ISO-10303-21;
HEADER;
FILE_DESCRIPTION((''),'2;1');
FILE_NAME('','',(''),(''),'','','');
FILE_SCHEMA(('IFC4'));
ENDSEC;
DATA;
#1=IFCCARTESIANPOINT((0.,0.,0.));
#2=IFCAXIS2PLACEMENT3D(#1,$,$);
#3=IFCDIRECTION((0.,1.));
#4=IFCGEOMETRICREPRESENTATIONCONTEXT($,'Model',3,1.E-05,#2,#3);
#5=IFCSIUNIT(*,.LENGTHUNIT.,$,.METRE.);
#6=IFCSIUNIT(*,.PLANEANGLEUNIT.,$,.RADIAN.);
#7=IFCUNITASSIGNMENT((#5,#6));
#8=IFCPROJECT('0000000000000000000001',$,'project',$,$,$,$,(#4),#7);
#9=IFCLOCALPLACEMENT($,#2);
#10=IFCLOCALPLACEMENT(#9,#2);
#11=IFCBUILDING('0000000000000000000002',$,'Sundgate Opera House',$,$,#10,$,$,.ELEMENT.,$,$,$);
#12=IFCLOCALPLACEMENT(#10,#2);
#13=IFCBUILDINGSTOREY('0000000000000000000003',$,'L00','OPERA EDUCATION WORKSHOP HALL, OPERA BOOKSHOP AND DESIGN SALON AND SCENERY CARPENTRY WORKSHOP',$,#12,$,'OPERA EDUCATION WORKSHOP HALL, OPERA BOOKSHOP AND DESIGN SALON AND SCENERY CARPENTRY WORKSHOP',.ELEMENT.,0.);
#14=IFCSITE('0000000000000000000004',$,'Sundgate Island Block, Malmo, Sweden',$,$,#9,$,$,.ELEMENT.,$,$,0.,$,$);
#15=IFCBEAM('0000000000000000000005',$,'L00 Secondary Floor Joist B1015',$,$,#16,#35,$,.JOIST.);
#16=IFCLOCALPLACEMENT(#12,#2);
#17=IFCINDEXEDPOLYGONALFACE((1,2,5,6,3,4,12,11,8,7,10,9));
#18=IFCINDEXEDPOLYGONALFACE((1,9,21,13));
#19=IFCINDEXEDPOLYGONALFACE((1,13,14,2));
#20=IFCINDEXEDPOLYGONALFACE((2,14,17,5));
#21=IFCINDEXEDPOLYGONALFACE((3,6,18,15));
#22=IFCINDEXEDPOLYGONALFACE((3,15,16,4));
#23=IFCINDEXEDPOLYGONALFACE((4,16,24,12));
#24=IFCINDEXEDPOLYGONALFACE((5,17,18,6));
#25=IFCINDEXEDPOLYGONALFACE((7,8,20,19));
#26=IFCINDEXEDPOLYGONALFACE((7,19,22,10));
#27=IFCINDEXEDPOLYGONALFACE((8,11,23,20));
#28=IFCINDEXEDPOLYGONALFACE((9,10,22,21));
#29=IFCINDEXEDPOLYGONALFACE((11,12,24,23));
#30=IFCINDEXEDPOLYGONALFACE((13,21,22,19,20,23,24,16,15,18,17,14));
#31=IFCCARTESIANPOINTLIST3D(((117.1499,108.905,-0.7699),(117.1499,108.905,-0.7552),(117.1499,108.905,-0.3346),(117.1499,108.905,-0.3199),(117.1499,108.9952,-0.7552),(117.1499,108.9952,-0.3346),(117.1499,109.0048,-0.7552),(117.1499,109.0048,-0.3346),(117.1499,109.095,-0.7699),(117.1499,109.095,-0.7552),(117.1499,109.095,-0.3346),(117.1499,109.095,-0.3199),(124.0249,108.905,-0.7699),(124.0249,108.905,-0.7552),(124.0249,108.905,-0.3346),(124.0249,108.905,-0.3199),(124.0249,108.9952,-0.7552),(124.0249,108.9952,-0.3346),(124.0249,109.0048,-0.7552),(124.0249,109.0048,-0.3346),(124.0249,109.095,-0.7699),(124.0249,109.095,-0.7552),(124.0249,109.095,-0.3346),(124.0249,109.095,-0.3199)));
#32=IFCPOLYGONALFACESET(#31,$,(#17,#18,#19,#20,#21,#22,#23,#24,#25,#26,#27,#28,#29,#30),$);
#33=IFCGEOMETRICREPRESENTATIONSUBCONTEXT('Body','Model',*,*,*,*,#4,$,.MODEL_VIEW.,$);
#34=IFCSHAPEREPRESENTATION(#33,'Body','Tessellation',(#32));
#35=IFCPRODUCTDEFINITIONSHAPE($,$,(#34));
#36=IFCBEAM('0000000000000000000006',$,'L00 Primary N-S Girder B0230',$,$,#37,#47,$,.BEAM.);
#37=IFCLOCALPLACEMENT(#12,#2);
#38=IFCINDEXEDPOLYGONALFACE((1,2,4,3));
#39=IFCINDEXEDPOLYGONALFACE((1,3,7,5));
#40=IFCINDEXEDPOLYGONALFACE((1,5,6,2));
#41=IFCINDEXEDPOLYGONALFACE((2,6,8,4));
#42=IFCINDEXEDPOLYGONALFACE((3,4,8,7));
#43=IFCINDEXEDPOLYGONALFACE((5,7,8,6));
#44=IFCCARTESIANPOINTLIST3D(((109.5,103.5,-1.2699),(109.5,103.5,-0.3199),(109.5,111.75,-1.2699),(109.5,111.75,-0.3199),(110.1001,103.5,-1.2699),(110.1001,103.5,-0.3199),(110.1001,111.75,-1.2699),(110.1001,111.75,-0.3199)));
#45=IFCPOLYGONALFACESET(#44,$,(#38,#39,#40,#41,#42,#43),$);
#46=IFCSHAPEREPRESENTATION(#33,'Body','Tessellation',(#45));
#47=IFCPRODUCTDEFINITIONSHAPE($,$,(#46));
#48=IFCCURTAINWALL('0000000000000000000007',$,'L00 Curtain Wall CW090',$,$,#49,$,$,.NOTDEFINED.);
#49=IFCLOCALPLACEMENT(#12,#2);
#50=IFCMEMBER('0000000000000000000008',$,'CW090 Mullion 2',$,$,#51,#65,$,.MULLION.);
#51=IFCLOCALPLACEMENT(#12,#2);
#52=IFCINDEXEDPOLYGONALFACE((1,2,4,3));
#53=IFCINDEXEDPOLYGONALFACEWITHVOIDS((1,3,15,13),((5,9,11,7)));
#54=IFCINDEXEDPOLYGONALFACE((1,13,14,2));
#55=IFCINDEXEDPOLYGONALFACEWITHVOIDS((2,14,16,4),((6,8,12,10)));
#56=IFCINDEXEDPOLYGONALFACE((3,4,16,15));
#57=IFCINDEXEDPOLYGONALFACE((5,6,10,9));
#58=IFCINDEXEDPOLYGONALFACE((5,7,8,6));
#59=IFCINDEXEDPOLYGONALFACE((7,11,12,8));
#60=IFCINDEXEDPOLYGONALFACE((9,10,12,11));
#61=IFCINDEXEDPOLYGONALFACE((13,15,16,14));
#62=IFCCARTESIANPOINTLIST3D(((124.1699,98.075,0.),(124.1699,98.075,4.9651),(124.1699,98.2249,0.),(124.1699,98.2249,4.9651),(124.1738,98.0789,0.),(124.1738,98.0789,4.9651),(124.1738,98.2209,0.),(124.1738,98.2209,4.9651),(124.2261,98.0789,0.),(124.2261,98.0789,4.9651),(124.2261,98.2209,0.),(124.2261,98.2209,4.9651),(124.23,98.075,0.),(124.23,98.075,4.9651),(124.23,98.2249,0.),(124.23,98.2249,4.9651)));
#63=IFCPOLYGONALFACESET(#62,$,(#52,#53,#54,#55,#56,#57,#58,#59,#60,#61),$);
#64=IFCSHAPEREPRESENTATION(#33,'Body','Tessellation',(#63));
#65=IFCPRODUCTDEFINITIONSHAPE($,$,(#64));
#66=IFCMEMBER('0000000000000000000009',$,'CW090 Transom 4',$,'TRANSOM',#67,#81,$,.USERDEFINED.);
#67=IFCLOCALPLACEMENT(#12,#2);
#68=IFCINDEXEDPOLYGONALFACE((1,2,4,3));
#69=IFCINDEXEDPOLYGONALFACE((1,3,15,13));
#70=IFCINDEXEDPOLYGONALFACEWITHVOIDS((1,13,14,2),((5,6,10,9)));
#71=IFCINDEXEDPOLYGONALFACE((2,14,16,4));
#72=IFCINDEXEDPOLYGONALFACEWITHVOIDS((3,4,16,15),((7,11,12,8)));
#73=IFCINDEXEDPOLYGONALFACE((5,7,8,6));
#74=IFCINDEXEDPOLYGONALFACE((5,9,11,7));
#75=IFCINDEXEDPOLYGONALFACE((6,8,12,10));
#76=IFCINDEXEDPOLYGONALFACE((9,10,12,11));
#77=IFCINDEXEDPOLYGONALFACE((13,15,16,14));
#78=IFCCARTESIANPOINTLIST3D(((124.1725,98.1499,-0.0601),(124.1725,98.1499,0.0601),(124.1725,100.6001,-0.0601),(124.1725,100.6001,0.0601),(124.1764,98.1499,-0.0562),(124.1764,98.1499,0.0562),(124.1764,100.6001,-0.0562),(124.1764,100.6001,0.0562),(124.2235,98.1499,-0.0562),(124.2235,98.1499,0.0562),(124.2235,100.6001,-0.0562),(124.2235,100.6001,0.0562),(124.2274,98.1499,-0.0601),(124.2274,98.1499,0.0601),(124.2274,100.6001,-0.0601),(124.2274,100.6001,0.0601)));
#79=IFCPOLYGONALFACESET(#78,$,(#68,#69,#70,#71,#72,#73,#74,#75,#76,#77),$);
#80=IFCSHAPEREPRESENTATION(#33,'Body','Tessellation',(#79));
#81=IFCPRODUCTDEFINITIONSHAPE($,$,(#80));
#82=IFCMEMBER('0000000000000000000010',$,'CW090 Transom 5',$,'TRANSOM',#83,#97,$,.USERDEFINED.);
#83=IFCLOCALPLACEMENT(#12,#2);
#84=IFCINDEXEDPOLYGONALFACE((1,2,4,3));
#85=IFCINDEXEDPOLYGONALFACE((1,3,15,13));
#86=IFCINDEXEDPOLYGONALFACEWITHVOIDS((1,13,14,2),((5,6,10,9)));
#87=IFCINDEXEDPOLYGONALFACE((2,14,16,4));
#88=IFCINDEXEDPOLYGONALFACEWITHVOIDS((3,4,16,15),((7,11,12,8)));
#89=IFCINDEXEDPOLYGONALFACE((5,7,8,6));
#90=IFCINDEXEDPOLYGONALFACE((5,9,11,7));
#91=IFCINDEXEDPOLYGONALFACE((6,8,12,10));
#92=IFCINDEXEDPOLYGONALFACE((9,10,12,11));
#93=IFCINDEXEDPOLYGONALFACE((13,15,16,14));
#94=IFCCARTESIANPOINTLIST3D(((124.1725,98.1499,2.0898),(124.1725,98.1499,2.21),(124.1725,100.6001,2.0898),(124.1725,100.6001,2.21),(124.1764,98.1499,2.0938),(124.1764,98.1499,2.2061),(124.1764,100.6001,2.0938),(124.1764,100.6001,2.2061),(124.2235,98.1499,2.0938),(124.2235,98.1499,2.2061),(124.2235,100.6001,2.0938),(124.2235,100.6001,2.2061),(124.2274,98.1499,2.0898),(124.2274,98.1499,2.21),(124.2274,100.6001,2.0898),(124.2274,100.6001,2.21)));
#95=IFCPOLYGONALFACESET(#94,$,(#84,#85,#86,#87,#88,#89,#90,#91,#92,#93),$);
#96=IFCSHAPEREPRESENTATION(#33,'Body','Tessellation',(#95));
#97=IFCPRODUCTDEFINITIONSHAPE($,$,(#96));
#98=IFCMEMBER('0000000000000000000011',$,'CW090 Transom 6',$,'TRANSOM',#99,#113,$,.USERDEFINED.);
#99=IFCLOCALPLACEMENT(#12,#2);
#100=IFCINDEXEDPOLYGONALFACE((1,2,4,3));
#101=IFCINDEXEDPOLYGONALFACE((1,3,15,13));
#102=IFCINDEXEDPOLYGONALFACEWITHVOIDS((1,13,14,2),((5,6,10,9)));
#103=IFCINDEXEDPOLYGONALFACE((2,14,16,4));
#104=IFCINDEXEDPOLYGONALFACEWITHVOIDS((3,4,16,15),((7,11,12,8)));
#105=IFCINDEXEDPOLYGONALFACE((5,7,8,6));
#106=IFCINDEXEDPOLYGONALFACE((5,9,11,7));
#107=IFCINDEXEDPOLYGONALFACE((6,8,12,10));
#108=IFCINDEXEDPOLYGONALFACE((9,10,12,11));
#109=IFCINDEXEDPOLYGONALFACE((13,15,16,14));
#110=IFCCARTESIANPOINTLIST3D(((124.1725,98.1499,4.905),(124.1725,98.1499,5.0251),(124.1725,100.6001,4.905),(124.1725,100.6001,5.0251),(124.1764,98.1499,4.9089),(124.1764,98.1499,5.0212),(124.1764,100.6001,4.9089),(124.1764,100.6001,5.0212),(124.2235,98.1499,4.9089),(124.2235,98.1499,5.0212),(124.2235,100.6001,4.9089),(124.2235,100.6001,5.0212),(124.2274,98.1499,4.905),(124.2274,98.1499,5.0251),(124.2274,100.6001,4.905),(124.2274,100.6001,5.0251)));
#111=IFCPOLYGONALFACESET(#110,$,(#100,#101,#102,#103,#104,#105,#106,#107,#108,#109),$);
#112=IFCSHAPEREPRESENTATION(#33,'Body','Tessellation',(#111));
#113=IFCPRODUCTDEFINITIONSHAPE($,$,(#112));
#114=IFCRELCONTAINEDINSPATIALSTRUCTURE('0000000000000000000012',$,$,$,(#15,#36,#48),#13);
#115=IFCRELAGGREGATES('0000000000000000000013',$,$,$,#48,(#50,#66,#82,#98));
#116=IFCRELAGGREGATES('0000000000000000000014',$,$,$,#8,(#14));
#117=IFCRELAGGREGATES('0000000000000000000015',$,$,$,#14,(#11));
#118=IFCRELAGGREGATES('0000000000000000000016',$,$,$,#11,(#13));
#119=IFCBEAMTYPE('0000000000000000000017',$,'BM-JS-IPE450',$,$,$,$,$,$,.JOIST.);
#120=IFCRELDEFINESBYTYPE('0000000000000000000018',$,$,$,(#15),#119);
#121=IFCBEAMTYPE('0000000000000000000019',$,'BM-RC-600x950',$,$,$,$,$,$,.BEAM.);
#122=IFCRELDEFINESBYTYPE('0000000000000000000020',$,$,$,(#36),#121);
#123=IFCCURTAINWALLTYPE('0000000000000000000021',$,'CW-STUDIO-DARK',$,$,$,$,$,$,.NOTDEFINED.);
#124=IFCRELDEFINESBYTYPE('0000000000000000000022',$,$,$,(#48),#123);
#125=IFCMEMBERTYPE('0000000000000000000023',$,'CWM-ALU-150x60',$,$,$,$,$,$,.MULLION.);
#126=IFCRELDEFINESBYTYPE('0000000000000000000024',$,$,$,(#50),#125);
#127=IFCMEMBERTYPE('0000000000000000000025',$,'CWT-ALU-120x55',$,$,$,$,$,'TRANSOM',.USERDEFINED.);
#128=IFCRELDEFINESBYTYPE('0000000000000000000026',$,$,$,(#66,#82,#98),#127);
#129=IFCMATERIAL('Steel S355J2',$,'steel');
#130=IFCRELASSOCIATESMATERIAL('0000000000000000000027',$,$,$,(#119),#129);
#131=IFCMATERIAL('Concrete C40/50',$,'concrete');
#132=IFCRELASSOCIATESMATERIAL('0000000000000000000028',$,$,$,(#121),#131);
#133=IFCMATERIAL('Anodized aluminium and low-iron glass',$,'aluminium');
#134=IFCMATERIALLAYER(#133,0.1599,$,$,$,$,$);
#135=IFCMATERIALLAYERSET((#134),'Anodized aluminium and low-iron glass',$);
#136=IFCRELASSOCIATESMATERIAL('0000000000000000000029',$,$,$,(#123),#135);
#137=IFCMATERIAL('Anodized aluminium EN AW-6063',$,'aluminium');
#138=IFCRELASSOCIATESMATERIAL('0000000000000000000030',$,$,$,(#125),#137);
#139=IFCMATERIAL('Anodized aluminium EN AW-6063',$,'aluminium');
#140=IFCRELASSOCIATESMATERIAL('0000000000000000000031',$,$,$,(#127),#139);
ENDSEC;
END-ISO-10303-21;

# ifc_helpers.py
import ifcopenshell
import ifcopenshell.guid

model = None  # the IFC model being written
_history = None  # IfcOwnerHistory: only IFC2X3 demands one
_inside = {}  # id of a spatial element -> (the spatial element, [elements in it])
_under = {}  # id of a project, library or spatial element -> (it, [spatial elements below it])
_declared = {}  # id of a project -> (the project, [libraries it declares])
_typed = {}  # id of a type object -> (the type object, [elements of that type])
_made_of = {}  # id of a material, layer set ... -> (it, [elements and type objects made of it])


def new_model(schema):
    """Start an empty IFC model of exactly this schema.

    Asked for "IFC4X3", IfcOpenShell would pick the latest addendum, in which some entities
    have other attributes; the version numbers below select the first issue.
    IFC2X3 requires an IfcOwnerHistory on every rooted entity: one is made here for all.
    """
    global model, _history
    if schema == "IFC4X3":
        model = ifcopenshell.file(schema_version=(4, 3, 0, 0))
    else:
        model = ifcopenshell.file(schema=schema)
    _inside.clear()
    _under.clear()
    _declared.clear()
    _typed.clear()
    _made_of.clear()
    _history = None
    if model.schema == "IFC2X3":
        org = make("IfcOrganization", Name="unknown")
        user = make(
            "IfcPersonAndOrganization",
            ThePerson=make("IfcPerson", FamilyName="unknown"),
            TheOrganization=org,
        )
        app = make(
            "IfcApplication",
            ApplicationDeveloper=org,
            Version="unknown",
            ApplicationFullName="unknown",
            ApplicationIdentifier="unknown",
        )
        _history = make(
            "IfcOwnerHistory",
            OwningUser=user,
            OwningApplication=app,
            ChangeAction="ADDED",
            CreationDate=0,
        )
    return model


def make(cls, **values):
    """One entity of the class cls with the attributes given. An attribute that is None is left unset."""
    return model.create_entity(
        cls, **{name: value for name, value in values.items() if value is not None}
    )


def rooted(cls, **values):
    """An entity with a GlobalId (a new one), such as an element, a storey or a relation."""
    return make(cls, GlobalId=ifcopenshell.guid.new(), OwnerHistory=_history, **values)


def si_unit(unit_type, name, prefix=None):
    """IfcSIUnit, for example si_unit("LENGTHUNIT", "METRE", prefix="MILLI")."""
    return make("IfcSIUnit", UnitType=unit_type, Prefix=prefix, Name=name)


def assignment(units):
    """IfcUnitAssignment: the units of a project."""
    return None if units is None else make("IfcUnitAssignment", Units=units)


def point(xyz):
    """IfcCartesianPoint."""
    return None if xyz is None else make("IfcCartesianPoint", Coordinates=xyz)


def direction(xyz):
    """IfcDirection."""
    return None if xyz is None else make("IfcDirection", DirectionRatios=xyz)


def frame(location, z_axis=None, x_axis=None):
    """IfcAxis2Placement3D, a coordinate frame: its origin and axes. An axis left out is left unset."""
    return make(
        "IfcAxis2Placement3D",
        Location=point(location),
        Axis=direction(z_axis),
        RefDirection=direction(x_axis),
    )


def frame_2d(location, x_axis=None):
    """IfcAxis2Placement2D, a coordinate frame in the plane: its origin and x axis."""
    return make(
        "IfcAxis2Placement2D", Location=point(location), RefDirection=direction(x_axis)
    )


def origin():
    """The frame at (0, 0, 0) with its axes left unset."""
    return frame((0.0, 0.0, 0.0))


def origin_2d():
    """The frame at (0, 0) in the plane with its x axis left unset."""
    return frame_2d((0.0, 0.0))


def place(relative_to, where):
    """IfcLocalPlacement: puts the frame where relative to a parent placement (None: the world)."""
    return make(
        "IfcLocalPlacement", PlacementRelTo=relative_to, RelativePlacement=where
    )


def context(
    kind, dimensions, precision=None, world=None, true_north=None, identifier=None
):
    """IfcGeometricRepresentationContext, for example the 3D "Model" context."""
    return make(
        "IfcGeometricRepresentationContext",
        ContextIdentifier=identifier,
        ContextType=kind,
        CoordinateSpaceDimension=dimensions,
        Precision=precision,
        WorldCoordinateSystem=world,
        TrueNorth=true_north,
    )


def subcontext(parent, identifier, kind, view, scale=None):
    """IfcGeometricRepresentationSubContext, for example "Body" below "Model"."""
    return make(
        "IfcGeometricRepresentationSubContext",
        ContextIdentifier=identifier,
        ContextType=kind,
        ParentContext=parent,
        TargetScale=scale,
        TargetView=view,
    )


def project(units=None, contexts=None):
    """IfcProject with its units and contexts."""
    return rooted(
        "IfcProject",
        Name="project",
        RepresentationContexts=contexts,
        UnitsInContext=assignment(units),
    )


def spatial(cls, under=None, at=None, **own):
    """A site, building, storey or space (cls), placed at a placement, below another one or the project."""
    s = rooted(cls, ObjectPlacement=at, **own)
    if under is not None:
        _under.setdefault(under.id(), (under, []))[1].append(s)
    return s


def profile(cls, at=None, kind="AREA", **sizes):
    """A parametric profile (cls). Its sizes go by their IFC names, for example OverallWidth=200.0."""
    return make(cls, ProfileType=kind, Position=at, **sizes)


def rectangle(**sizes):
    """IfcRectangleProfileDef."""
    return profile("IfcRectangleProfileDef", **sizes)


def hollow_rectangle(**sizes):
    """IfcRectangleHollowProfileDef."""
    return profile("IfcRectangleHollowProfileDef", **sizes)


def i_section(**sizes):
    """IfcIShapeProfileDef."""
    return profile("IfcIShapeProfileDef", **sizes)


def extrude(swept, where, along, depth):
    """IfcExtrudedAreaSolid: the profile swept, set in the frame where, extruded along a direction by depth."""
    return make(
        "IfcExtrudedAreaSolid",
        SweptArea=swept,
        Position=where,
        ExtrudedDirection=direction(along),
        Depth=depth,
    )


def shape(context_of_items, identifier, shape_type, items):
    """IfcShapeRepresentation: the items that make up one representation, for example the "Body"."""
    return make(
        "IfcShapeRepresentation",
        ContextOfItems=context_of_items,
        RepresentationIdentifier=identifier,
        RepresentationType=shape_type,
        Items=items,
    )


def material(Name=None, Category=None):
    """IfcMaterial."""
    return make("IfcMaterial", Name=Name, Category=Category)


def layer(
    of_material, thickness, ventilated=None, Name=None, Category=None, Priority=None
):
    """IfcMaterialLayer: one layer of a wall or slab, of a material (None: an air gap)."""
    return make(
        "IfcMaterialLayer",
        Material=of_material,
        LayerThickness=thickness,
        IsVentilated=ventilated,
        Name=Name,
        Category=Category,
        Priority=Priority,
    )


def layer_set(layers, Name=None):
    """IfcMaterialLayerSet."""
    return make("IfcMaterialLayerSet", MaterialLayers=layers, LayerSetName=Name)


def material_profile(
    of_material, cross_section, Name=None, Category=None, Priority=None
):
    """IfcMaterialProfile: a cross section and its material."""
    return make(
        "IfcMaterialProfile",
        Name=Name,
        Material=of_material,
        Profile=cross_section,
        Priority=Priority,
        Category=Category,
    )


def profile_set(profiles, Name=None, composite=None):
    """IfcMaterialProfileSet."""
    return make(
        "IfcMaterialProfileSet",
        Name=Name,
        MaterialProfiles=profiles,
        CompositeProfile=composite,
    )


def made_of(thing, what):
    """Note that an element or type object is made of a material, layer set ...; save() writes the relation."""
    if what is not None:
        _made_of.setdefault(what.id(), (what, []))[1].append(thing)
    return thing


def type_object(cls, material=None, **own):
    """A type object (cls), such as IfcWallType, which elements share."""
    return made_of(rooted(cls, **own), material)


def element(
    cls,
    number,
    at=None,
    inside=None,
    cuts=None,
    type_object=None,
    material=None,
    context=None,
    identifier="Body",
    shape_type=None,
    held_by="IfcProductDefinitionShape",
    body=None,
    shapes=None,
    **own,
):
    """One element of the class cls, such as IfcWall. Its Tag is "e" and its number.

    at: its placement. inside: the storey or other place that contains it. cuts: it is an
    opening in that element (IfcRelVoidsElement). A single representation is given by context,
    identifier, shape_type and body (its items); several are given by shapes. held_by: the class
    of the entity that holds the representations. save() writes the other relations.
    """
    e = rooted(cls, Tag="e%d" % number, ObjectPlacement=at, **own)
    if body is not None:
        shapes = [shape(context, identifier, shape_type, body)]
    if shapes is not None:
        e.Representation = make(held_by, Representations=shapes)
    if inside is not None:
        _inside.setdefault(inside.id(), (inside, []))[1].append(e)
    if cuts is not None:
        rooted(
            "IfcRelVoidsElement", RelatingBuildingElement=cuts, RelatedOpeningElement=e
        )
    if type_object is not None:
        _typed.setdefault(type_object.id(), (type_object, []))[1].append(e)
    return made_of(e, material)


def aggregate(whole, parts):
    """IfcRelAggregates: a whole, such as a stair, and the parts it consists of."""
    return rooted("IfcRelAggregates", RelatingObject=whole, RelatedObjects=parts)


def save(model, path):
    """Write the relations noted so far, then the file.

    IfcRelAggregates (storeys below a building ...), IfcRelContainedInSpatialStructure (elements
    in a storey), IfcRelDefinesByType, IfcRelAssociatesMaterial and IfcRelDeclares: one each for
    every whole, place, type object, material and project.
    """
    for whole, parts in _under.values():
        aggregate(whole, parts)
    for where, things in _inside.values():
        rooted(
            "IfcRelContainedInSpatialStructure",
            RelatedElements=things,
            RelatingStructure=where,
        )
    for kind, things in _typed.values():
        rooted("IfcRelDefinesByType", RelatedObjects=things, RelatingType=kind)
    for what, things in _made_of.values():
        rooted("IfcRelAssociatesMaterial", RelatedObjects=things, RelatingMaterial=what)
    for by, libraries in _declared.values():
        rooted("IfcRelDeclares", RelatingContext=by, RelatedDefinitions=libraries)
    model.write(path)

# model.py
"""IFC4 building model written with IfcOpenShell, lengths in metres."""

from ifc_helpers import new_model, si_unit, direction, frame, origin, origin_2d, place, context, subcontext, project, spatial, rectangle, hollow_rectangle, i_section, extrude, material, layer, layer_set, material_profile, profile_set, type_object, element, aggregate, save


model = new_model("IFC4")

# Units and contexts
model_context = context("Model", 3, precision=1e-05, world=origin(), true_north=direction((0.0, 1.0)))
body_context = subcontext(model_context, "Body", "Model", "MODEL_VIEW")
ifc_project = project(units=[si_unit("LENGTHUNIT", "METRE"), si_unit("PLANEANGLEUNIT", "RADIAN")], contexts=[model_context])

# Site, building, storey
site_placement = place(None, origin())
site = spatial("IfcSite", under=ifc_project, at=site_placement, Name="Sundgate Island Block, Malmo, Sweden", CompositionType="ELEMENT", RefElevation=0.0)
building_placement = place(site_placement, origin())
building = spatial("IfcBuilding", under=site, at=building_placement, Name="Sundgate Opera House", CompositionType="ELEMENT")
storey_placement = place(building_placement, origin())
storey = spatial("IfcBuildingStorey", under=building, at=storey_placement, Name="L00", Description="OPERA EDUCATION WORKSHOP HALL, OPERA BOOKSHOP AND DESIGN SALON AND SCENERY CARPENTRY WORKSHOP", LongName="OPERA EDUCATION WORKSHOP HALL, OPERA BOOKSHOP AND DESIGN SALON AND SCENERY CARPENTRY WORKSHOP", CompositionType="ELEMENT", Elevation=0.0)

# Beams
ifc_material_1 = material(Name="Steel S355J2", Category="steel")
ifc_material_profile_1 = material_profile(ifc_material_1, i_section(OverallWidth=0.1899, OverallDepth=0.45, WebThickness=0.0095, FlangeThickness=0.0146, at=origin_2d()), Name="IPE 450")
ifc_profile_set_1 = profile_set([ifc_material_profile_1], Name="Steel S355J2")
beam_type_1 = type_object("IfcBeamType", Name="BM-JS-IPE450", PredefinedType="JOIST", material=ifc_profile_set_1)
beam_1_placement = place(storey_placement, frame((117.1499, 109.0, -0.5449), z_axis=(1.0, 0.0, 0.0), x_axis=(0.0, 1.0, 0.0)))
element("IfcBeam", 1, at=beam_1_placement, inside=storey, type_object=beam_type_1, Name="L00 Secondary Floor Joist B1015", PredefinedType="JOIST", context=body_context, shape_type="SweptSolid", body=[
    extrude(i_section(OverallWidth=0.1899, OverallDepth=0.45, WebThickness=0.0095, FlangeThickness=0.0146, at=origin_2d()), origin(), (0.0, 0.0, 1.0), 6.875),
])
ifc_material_2 = material(Name="Concrete C40/50", Category="concrete")
ifc_material_profile_2 = material_profile(ifc_material_2, rectangle(XDim=0.6001, YDim=0.95, at=origin_2d()), Name="RC 600x950")
ifc_profile_set_2 = profile_set([ifc_material_profile_2], Name="Concrete C40/50")
beam_type_2 = type_object("IfcBeamType", Name="BM-RC-600x950", PredefinedType="BEAM", material=ifc_profile_set_2)
beam_2_placement = place(storey_placement, frame((109.8, 103.5, -0.7949), z_axis=(0.0, 1.0, 0.0), x_axis=(-1.0, 0.0, 0.0)))
element("IfcBeam", 2, at=beam_2_placement, inside=storey, type_object=beam_type_2, Name="L00 Primary N-S Girder B0230", PredefinedType="BEAM", context=body_context, shape_type="SweptSolid", body=[
    extrude(rectangle(XDim=0.6001, YDim=0.95, at=origin_2d()), origin(), (0.0, 0.0, 1.0), 8.25),
])

# Curtain wall, members
ifc_material_3 = material(Name="Anodized aluminium and low-iron glass", Category="aluminium")
ifc_layer = layer(ifc_material_3, 0.1599)
ifc_layer_set = layer_set([ifc_layer], Name="Anodized aluminium and low-iron glass")
curtain_wall_type = type_object("IfcCurtainWallType", Name="CW-STUDIO-DARK", PredefinedType="NOTDEFINED", material=ifc_layer_set)
curtain_wall_placement = place(storey_placement, origin())
curtain_wall = element("IfcCurtainWall", 3, at=curtain_wall_placement, inside=storey, type_object=curtain_wall_type, Name="L00 Curtain Wall CW090", PredefinedType="NOTDEFINED")
ifc_material_4 = material(Name="Anodized aluminium EN AW-6063", Category="aluminium")
ifc_material_profile_3 = material_profile(ifc_material_4, hollow_rectangle(XDim=0.0601, YDim=0.1499, WallThickness=0.0039, at=origin_2d()), Name="CWM 150x60x4")
ifc_profile_set_3 = profile_set([ifc_material_profile_3], Name="Anodized aluminium EN AW-6063")
member_type_1 = type_object("IfcMemberType", Name="CWM-ALU-150x60", PredefinedType="MULLION", material=ifc_profile_set_3)
member_1_placement = place(storey_placement, frame((124.2, 98.1499, 0.0), z_axis=(0.0, 0.0, 1.0), x_axis=(1.0, 0.0, 0.0)))
member_1 = element("IfcMember", 4, at=member_1_placement, type_object=member_type_1, Name="CW090 Mullion 2", PredefinedType="MULLION", context=body_context, shape_type="SweptSolid", body=[
    extrude(hollow_rectangle(XDim=0.0601, YDim=0.1499, WallThickness=0.0039, at=origin_2d()), origin(), (0.0, 0.0, 1.0), 4.9651),
])
ifc_material_5 = material(Name="Anodized aluminium EN AW-6063", Category="aluminium")
ifc_material_profile_4 = material_profile(ifc_material_5, hollow_rectangle(XDim=0.0549, YDim=0.1201, WallThickness=0.0039, at=origin_2d()), Name="CWT 120x55x4")
ifc_profile_set_4 = profile_set([ifc_material_profile_4], Name="Anodized aluminium EN AW-6063")
member_type_2 = type_object("IfcMemberType", Name="CWT-ALU-120x55", ElementType="TRANSOM", PredefinedType="USERDEFINED", material=ifc_profile_set_4)
member_2_placement = place(storey_placement, frame((124.2, 98.1499, 0.0), z_axis=(0.0, 1.0, 0.0), x_axis=(-1.0, 0.0, 0.0)))
member_2 = element("IfcMember", 5, at=member_2_placement, type_object=member_type_2, Name="CW090 Transom 4", ObjectType="TRANSOM", PredefinedType="USERDEFINED", context=body_context, shape_type="SweptSolid", body=[
    extrude(hollow_rectangle(XDim=0.0549, YDim=0.1201, WallThickness=0.0039, at=origin_2d()), origin(), (0.0, 0.0, 1.0), 2.4502),
])
member_3_placement = place(storey_placement, frame((124.2, 98.1499, 2.1499), z_axis=(0.0, 1.0, 0.0), x_axis=(-1.0, 0.0, 0.0)))
member_3 = element("IfcMember", 6, at=member_3_placement, type_object=member_type_2, Name="CW090 Transom 5", ObjectType="TRANSOM", PredefinedType="USERDEFINED", context=body_context, shape_type="SweptSolid", body=[
    extrude(hollow_rectangle(XDim=0.0549, YDim=0.1201, WallThickness=0.0039, at=origin_2d()), origin(), (0.0, 0.0, 1.0), 2.4502),
])
member_4_placement = place(storey_placement, frame((124.2, 98.1499, 4.9651), z_axis=(0.0, 1.0, 0.0), x_axis=(-1.0, 0.0, 0.0)))
member_4 = element("IfcMember", 7, at=member_4_placement, type_object=member_type_2, Name="CW090 Transom 6", ObjectType="TRANSOM", PredefinedType="USERDEFINED", context=body_context, shape_type="SweptSolid", body=[
    extrude(hollow_rectangle(XDim=0.0549, YDim=0.1201, WallThickness=0.0039, at=origin_2d()), origin(), (0.0, 0.0, 1.0), 2.4502),
])
aggregate(curtain_wall, [member_1, member_2, member_3, member_4])

save(model, "model.ifc")
